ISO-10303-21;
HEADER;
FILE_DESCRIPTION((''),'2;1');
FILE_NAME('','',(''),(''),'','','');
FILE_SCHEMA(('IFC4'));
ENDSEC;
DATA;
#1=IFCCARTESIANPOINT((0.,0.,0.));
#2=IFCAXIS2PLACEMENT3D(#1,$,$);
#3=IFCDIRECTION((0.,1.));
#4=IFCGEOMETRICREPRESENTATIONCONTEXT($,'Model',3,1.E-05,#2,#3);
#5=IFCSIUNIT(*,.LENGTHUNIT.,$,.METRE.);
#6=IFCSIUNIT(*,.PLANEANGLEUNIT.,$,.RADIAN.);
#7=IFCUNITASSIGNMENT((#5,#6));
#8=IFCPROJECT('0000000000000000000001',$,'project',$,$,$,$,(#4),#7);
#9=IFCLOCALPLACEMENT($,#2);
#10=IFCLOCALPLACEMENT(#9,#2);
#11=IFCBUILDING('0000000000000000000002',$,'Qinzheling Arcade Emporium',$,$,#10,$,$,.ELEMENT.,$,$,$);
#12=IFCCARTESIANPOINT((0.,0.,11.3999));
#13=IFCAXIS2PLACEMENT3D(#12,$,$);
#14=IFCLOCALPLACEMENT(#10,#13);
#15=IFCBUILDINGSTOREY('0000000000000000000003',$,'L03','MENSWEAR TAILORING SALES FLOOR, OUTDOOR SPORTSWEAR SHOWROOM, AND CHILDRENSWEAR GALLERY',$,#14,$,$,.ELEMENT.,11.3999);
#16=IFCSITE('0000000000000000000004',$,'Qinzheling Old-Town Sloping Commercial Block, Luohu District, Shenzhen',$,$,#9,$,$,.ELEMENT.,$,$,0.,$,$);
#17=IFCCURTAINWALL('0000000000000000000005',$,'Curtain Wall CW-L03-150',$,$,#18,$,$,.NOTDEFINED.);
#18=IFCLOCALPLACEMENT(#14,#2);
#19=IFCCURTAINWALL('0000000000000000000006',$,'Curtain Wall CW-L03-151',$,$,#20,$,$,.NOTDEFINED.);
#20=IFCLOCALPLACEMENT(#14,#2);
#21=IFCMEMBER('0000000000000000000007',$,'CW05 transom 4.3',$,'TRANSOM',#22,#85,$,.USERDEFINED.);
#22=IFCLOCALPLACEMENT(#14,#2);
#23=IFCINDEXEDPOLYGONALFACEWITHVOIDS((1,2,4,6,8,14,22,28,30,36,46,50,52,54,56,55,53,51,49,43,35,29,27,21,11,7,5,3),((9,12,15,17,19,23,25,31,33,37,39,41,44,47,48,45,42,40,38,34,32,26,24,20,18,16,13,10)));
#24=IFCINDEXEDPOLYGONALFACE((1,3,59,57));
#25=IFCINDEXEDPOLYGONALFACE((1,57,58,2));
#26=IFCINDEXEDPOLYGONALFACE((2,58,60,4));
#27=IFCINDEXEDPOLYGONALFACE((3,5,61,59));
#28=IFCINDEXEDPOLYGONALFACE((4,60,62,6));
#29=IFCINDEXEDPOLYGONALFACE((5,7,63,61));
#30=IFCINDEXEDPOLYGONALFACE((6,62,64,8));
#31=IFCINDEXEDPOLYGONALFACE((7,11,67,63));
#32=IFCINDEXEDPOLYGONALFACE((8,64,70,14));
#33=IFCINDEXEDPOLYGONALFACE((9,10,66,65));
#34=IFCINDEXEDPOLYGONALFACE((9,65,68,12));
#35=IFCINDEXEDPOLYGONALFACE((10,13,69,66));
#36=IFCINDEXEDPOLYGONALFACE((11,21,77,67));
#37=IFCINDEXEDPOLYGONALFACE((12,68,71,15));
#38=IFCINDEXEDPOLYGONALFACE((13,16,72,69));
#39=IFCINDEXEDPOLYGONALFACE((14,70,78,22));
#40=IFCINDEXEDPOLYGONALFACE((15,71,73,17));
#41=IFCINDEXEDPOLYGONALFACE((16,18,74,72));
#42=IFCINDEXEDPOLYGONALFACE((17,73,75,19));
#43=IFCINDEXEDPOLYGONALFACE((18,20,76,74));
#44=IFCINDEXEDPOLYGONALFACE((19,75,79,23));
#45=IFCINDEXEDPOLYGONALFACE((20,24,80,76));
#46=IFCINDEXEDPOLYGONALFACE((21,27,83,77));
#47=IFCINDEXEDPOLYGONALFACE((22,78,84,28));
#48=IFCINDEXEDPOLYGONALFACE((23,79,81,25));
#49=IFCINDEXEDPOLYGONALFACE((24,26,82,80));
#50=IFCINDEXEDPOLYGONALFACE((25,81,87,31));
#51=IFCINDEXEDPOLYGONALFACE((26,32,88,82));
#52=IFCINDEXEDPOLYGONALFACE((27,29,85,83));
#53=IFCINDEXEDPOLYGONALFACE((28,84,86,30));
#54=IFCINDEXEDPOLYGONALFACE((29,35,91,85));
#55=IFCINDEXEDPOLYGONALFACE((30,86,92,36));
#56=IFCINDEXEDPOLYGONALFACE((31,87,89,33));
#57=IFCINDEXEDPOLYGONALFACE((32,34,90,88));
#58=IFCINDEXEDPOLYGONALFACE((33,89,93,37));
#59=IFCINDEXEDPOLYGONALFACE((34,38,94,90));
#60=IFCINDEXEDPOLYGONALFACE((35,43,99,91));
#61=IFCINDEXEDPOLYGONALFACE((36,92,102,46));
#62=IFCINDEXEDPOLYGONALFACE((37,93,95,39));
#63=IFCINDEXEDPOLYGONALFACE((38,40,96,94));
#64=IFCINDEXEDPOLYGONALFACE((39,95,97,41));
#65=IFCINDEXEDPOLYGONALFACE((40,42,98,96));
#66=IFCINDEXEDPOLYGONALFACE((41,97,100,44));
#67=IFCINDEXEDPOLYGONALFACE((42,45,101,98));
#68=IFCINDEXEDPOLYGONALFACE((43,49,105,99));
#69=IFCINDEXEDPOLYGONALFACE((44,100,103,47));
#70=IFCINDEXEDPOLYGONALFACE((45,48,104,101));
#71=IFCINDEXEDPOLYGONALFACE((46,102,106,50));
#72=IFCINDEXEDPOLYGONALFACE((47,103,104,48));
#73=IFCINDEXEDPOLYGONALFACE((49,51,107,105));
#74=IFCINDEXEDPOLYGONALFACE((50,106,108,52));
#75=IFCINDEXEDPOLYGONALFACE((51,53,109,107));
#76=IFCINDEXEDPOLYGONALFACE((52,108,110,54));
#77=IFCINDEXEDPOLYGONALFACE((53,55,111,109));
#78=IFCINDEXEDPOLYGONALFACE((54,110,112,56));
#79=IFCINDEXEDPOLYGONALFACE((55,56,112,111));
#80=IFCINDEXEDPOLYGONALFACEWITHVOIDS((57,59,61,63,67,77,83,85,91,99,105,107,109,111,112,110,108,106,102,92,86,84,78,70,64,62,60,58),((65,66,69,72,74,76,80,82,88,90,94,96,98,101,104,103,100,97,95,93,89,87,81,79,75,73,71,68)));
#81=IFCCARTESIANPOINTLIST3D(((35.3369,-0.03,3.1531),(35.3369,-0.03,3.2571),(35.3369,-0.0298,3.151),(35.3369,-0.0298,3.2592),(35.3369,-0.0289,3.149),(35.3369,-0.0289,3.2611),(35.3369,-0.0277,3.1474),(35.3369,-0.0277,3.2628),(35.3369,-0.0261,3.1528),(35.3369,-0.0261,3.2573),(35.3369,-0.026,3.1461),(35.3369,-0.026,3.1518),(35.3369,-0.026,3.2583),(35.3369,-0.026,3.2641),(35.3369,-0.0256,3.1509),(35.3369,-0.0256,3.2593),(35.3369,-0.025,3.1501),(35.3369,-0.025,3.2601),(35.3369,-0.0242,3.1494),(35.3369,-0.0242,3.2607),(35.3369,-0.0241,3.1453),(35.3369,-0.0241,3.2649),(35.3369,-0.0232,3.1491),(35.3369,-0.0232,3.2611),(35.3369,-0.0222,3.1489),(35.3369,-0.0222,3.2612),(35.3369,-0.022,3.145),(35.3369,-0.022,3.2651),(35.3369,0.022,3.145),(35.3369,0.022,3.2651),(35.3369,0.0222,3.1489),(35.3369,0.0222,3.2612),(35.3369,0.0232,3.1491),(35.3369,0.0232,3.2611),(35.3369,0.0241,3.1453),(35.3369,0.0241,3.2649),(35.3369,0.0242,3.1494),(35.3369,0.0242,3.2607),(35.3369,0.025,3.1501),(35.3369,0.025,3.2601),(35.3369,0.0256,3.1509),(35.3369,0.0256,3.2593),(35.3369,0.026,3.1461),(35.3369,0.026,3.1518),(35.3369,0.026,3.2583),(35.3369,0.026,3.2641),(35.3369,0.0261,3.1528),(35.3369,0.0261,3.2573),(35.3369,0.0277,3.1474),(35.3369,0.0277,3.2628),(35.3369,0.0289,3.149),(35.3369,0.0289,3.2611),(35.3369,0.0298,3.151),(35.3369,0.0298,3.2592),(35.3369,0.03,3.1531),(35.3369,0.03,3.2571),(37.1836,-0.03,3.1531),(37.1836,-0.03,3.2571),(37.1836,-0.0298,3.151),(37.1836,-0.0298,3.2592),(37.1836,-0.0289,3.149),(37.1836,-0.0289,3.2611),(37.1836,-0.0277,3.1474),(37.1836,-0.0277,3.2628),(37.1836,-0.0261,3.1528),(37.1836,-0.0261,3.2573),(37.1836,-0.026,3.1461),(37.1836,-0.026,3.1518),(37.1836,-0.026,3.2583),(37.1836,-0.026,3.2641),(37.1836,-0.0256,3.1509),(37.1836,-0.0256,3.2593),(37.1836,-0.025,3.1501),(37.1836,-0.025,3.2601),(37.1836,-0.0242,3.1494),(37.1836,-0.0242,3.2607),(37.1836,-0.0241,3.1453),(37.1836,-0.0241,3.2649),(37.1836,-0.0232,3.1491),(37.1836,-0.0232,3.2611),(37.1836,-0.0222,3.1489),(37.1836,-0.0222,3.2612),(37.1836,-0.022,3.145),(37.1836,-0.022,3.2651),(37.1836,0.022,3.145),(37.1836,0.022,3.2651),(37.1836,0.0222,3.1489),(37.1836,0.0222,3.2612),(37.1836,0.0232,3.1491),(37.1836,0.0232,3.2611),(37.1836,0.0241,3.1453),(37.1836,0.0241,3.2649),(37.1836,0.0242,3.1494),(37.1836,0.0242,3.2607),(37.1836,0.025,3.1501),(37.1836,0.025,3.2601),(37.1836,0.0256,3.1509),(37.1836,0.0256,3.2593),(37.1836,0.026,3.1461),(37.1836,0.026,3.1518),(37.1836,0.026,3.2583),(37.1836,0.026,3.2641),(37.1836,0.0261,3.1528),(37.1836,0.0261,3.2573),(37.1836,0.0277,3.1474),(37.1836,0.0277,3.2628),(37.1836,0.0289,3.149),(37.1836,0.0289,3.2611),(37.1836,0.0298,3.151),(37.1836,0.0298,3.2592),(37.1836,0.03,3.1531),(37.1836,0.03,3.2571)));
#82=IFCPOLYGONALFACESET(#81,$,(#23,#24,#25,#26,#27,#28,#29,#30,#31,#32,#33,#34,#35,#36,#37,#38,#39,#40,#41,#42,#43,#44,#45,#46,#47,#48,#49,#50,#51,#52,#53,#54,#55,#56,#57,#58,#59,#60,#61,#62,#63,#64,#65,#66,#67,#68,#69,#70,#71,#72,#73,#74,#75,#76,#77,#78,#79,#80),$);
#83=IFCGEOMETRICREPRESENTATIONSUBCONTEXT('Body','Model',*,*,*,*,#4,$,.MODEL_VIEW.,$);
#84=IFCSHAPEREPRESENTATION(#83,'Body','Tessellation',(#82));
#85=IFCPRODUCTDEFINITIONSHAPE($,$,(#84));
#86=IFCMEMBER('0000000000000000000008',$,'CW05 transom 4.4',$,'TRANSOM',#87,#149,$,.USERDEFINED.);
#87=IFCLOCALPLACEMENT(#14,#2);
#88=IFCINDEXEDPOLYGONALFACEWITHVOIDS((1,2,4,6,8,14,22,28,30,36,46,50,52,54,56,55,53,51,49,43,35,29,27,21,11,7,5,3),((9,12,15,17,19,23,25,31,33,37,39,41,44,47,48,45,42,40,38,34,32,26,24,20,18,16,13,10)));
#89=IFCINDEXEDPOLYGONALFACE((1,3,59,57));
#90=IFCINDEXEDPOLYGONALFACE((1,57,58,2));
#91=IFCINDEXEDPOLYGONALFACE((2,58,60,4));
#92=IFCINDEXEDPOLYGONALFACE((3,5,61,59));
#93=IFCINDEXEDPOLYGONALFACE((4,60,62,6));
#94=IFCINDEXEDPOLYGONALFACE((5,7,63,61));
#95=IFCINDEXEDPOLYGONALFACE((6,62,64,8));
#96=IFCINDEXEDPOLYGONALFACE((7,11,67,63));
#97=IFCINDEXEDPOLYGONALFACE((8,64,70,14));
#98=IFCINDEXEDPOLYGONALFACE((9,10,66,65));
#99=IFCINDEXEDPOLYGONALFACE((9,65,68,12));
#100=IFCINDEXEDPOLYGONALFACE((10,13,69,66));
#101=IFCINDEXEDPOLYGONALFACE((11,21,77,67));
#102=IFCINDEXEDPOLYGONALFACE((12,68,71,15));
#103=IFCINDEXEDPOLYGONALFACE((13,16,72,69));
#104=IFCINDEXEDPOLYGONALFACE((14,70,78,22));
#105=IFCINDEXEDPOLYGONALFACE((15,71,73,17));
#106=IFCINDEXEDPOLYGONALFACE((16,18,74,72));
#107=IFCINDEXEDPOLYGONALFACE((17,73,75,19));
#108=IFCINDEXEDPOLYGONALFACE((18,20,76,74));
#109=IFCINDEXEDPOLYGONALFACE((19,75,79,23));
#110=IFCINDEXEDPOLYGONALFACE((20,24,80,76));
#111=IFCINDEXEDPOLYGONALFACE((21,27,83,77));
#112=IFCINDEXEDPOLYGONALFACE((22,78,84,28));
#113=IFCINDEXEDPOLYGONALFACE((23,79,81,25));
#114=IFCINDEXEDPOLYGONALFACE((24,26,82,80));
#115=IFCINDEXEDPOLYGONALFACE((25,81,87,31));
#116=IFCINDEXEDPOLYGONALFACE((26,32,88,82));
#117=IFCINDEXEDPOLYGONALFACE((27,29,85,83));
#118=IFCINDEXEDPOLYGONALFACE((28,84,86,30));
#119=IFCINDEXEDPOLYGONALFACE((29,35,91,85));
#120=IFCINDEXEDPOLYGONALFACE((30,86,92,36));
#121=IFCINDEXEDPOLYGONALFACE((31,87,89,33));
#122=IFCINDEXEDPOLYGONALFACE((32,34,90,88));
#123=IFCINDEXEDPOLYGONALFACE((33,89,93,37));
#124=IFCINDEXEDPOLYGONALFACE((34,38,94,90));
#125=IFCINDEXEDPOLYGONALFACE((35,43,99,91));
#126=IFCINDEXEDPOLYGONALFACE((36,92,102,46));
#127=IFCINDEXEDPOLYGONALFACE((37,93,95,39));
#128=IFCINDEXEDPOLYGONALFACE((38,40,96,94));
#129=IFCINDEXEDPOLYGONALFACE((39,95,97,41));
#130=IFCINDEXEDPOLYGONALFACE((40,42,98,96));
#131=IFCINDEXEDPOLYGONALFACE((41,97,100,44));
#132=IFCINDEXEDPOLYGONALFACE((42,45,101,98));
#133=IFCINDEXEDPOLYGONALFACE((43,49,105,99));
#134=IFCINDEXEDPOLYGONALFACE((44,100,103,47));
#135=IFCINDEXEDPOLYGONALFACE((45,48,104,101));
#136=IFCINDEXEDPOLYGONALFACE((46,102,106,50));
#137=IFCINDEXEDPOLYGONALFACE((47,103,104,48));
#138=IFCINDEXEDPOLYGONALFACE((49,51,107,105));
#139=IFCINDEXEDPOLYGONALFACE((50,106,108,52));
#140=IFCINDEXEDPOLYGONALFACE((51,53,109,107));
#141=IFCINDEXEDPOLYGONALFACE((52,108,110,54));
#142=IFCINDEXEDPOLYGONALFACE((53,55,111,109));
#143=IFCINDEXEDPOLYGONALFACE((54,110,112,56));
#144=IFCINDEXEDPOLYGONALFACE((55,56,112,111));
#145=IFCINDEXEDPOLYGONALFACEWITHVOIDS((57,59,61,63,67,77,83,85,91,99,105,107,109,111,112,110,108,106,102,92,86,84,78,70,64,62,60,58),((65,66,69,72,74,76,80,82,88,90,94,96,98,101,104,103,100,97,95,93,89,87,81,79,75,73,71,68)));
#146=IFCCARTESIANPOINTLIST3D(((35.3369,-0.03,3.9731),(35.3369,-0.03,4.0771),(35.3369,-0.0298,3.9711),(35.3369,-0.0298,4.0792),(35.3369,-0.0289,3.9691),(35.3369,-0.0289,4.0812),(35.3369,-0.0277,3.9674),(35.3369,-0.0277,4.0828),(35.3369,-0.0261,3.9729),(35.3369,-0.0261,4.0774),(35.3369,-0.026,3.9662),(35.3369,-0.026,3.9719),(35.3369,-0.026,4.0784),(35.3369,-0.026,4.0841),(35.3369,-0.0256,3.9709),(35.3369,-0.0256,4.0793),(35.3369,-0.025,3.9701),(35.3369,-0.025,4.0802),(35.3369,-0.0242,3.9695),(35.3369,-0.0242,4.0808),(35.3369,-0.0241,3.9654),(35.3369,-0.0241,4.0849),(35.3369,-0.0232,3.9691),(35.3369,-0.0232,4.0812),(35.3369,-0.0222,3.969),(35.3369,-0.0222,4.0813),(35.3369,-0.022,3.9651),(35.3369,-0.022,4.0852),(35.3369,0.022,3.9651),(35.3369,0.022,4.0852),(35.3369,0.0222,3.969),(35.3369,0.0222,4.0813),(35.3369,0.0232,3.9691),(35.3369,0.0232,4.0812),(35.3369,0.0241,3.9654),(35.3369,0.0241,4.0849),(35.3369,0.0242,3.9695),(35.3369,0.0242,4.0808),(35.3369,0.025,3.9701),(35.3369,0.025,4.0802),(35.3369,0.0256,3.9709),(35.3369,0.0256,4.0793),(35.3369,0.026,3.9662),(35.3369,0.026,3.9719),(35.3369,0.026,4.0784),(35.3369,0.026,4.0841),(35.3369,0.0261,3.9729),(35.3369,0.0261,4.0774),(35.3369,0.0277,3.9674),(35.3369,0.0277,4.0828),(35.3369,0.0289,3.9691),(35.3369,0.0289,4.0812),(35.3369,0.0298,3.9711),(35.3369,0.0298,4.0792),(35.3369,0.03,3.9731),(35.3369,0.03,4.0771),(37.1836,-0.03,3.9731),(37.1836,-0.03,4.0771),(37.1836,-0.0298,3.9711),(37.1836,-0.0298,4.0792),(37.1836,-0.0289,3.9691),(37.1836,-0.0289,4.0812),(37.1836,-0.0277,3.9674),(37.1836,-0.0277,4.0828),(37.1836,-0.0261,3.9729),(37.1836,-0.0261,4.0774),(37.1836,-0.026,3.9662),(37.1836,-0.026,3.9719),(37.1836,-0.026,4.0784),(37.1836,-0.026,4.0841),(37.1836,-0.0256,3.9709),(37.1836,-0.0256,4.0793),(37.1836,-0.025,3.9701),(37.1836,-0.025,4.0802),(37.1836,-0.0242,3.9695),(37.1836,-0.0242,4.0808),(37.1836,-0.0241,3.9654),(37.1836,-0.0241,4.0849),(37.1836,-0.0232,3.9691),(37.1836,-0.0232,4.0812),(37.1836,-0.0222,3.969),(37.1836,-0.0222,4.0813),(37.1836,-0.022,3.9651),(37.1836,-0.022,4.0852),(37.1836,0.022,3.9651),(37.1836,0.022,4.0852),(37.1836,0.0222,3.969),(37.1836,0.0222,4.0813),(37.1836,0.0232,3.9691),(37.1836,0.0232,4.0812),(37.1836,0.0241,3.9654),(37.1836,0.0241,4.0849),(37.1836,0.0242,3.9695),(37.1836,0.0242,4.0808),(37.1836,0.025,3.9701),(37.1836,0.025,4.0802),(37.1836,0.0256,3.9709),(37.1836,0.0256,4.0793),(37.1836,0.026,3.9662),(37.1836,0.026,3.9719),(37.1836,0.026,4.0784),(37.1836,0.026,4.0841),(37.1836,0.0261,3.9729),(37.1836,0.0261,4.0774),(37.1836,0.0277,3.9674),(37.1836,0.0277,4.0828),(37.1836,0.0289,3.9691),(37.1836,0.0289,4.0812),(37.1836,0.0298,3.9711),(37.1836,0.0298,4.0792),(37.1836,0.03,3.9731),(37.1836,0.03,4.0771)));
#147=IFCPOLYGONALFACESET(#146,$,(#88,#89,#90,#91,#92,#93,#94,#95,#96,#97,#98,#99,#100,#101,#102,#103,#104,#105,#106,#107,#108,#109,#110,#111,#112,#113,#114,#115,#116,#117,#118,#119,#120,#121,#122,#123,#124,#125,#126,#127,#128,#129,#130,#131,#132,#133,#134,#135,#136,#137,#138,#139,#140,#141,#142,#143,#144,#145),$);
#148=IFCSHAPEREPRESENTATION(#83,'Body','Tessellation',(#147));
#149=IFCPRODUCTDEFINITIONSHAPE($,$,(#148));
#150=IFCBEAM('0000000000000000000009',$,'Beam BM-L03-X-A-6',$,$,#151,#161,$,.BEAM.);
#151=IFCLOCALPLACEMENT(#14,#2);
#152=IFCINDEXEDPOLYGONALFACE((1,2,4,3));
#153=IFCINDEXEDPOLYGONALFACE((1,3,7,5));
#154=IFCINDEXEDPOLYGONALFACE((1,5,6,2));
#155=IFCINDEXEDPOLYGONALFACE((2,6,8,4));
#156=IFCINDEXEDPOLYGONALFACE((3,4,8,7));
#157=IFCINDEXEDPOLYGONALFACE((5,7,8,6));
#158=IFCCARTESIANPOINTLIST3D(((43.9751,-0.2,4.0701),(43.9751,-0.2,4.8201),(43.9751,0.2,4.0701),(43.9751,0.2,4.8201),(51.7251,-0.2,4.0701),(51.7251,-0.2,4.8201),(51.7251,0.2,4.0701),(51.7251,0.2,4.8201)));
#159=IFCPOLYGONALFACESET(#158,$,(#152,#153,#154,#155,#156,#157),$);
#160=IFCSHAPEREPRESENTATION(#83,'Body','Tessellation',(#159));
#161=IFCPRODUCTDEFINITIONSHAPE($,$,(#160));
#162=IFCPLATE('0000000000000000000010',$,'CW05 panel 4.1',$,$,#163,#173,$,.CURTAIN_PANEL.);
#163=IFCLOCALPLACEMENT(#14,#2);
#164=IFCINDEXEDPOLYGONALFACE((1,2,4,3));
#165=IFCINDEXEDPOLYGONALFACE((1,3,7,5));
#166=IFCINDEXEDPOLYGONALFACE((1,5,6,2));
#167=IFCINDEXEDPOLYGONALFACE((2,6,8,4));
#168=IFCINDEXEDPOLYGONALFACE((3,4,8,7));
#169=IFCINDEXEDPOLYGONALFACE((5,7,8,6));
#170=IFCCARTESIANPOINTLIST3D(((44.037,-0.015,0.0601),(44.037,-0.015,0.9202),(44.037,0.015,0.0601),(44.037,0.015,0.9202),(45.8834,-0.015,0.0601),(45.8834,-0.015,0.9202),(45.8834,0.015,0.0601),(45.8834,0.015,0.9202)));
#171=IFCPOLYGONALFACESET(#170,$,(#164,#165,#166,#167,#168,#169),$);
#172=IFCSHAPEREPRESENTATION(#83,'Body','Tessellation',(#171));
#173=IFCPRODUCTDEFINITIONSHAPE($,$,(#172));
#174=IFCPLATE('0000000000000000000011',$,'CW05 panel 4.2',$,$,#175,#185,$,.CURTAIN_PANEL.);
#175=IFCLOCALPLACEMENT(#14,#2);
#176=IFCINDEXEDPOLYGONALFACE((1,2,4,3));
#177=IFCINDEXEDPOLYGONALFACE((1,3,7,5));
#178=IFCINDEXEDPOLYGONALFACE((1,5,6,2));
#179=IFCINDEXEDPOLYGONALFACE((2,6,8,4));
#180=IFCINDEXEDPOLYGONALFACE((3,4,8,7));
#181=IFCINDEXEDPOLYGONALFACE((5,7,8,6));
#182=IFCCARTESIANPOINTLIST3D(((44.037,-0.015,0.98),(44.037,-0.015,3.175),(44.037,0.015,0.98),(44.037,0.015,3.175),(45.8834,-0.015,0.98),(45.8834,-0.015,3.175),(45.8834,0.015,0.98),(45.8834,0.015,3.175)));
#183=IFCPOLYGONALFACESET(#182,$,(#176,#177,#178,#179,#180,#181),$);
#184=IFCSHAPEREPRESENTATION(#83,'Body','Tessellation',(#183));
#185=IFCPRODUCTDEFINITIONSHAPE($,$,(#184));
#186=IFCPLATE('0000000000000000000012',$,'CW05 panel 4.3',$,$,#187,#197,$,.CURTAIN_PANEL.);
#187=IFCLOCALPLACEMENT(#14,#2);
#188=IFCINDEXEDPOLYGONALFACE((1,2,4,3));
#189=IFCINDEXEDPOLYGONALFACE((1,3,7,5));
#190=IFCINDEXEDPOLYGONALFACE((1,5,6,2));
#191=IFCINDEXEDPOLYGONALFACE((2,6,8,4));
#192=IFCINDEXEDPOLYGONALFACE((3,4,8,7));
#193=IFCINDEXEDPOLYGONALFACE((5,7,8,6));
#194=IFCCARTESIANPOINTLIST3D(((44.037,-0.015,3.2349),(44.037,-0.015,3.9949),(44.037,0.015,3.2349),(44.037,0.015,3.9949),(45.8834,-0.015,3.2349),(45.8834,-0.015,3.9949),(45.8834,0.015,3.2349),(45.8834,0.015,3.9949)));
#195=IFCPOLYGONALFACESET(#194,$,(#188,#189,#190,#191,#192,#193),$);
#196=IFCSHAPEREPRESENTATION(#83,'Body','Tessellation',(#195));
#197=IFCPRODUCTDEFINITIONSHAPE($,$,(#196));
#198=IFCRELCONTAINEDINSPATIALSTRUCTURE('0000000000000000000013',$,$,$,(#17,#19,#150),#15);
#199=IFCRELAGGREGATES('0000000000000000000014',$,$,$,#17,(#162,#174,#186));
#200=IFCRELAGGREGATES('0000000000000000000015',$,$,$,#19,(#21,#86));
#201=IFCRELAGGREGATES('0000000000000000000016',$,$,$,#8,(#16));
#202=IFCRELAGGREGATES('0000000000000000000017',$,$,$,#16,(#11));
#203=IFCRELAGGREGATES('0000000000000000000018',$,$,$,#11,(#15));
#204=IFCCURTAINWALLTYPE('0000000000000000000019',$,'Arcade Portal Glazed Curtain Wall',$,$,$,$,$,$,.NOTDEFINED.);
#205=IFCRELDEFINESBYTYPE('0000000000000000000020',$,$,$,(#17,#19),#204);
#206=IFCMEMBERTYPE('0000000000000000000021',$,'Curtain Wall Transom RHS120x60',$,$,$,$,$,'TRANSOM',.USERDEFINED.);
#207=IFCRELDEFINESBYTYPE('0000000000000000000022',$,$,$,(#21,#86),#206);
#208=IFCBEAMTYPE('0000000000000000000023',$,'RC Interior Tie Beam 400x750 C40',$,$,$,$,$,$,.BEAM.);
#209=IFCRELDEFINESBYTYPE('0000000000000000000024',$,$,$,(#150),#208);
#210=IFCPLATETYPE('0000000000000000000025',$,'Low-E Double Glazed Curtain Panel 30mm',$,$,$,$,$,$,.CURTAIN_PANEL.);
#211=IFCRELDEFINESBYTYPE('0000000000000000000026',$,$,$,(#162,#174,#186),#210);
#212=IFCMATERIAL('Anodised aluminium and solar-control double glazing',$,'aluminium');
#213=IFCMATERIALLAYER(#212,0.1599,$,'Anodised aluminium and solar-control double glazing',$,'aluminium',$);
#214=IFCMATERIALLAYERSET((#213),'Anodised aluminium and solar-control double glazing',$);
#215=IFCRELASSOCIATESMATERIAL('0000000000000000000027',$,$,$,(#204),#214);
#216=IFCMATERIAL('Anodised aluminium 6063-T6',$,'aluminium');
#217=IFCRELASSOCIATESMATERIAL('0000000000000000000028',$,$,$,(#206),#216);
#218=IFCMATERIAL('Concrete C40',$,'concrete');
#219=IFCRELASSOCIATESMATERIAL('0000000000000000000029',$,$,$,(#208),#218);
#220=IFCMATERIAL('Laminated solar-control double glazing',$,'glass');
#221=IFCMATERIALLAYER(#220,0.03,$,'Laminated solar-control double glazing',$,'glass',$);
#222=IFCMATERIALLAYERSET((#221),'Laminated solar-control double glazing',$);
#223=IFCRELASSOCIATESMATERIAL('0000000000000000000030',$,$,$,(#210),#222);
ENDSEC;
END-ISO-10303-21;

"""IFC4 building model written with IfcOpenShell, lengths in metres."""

from ifc_helpers import new_model, si_unit, direction, frame, origin, origin_2d, place, context, subcontext, project, spatial, rectangle, hollow_rectangle, extrude, material, layer, layer_set, material_profile, profile_set, type_object, element, aggregate, save


model = new_model("IFC4")

# Units and contexts
model_context = context("Model", 3, precision=1e-05, world=origin(), true_north=direction((0.0, 1.0)))
body_context = subcontext(model_context, "Body", "Model", "MODEL_VIEW")
ifc_project = project(units=[si_unit("LENGTHUNIT", "METRE"), si_unit("PLANEANGLEUNIT", "RADIAN")], contexts=[model_context])

# Site, building, storey
site_placement = place(None, origin())
site = spatial("IfcSite", under=ifc_project, at=site_placement, Name="Qinzheling Old-Town Sloping Commercial Block, Luohu District, Shenzhen", CompositionType="ELEMENT", RefElevation=0.0)
building_placement = place(site_placement, origin())
building = spatial("IfcBuilding", under=site, at=building_placement, Name="Qinzheling Arcade Emporium", CompositionType="ELEMENT")
storey_placement = place(building_placement, frame((0.0, 0.0, 11.3999)))
storey = spatial("IfcBuildingStorey", under=building, at=storey_placement, Name="L03", Description="MENSWEAR TAILORING SALES FLOOR, OUTDOOR SPORTSWEAR SHOWROOM, AND CHILDRENSWEAR GALLERY", CompositionType="ELEMENT", Elevation=11.3999)

# Curtain wall
ifc_material_1 = material(Name="Anodised aluminium and solar-control double glazing", Category="aluminium")
ifc_layer_1 = layer(ifc_material_1, 0.1599, Name="Anodised aluminium and solar-control double glazing", Category="aluminium")
ifc_layer_set_1 = layer_set([ifc_layer_1], Name="Anodised aluminium and solar-control double glazing")
curtain_wall_type = type_object("IfcCurtainWallType", Name="Arcade Portal Glazed Curtain Wall", PredefinedType="NOTDEFINED", material=ifc_layer_set_1)
curtain_wall_1_placement = place(storey_placement, origin())
curtain_wall_1 = element("IfcCurtainWall", 1, at=curtain_wall_1_placement, inside=storey, type_object=curtain_wall_type, Name="Curtain Wall CW-L03-150", PredefinedType="NOTDEFINED")
ifc_material_2 = material(Name="Anodised aluminium 6063-T6", Category="aluminium")

# Curtain wall
curtain_wall_2_placement = place(storey_placement, origin())
curtain_wall_2 = element("IfcCurtainWall", 2, at=curtain_wall_2_placement, inside=storey, type_object=curtain_wall_type, Name="Curtain Wall CW-L03-151", PredefinedType="NOTDEFINED")

# Members
ifc_material_profile_1 = material_profile(ifc_material_2, hollow_rectangle(XDim=0.0601, YDim=0.1201, WallThickness=0.0039, InnerFilletRadius=0.0039, OuterFilletRadius=0.0081, at=origin_2d()), Name="RHS 120x60x4", Category="aluminium")
ifc_profile_set_1 = profile_set([ifc_material_profile_1], Name="Anodised aluminium 6063-T6")
member_type_1 = type_object("IfcMemberType", Name="Curtain Wall Transom RHS120x60", ElementType="TRANSOM", PredefinedType="USERDEFINED", material=ifc_profile_set_1)
member_1_placement = place(storey_placement, frame((37.1836, 0.0, 3.2051), z_axis=(-1.0, 0.0, 0.0), x_axis=(0.0, -1.0, 0.0)))
member_1 = element("IfcMember", 3, at=member_1_placement, type_object=member_type_1, Name="CW05 transom 4.3", ObjectType="TRANSOM", PredefinedType="USERDEFINED", context=body_context, shape_type="SweptSolid", body=[
    extrude(hollow_rectangle(XDim=0.0601, YDim=0.1201, WallThickness=0.0039, InnerFilletRadius=0.0039, OuterFilletRadius=0.0081, at=origin_2d()), origin(), (0.0, 0.0, 1.0), 1.8467),
])
member_2_placement = place(storey_placement, frame((37.1836, 0.0, 4.0251), z_axis=(-1.0, 0.0, 0.0), x_axis=(0.0, -1.0, 0.0)))
member_2 = element("IfcMember", 4, at=member_2_placement, type_object=member_type_1, Name="CW05 transom 4.4", ObjectType="TRANSOM", PredefinedType="USERDEFINED", context=body_context, shape_type="SweptSolid", body=[
    extrude(hollow_rectangle(XDim=0.0601, YDim=0.1201, WallThickness=0.0039, InnerFilletRadius=0.0039, OuterFilletRadius=0.0081, at=origin_2d()), origin(), (0.0, 0.0, 1.0), 1.8467),
])

# Beam
ifc_material_3 = material(Name="Concrete C40", Category="concrete")
ifc_material_profile_2 = material_profile(ifc_material_3, rectangle(XDim=0.3999, YDim=0.75, at=origin_2d()), Name="RC 400x750", Category="concrete")
ifc_profile_set_2 = profile_set([ifc_material_profile_2], Name="Concrete C40")
beam_type = type_object("IfcBeamType", Name="RC Interior Tie Beam 400x750 C40", PredefinedType="BEAM", material=ifc_profile_set_2)
beam_placement = place(storey_placement, frame((43.9751, 0.0, 4.4451), z_axis=(1.0, 0.0, 0.0), x_axis=(0.0, 1.0, 0.0)))
element("IfcBeam", 5, at=beam_placement, inside=storey, type_object=beam_type, Name="Beam BM-L03-X-A-6", PredefinedType="BEAM", context=body_context, shape_type="SweptSolid", body=[
    extrude(rectangle(XDim=0.3999, YDim=0.75, at=origin_2d()), origin(), (0.0, 0.0, 1.0), 7.75),
])

# Plates
ifc_material_4 = material(Name="Laminated solar-control double glazing", Category="glass")
ifc_layer_2 = layer(ifc_material_4, 0.03, Name="Laminated solar-control double glazing", Category="glass")
ifc_layer_set_2 = layer_set([ifc_layer_2], Name="Laminated solar-control double glazing")
plate_type_1 = type_object("IfcPlateType", Name="Low-E Double Glazed Curtain Panel 30mm", PredefinedType="CURTAIN_PANEL", material=ifc_layer_set_2)
plate_1_placement = place(storey_placement, frame((44.9602, 0.0, 0.0601), z_axis=(0.0, 0.0, 1.0), x_axis=(-1.0, 0.0, 0.0)))
plate_1 = element("IfcPlate", 6, at=plate_1_placement, type_object=plate_type_1, Name="CW05 panel 4.1", PredefinedType="CURTAIN_PANEL", context=body_context, shape_type="SweptSolid", body=[
    extrude(rectangle(XDim=1.8464, YDim=0.03, at=origin_2d()), origin(), (0.0, 0.0, 1.0), 0.8601),
])
plate_2_placement = place(storey_placement, frame((44.9602, 0.0, 0.98), z_axis=(0.0, 0.0, 1.0), x_axis=(-1.0, 0.0, 0.0)))
plate_2 = element("IfcPlate", 7, at=plate_2_placement, type_object=plate_type_1, Name="CW05 panel 4.2", PredefinedType="CURTAIN_PANEL", context=body_context, shape_type="SweptSolid", body=[
    extrude(rectangle(XDim=1.8464, YDim=0.03, at=origin_2d()), origin(), (0.0, 0.0, 1.0), 2.1951),
])
plate_3_placement = place(storey_placement, frame((44.9602, 0.0, 3.2349), z_axis=(0.0, 0.0, 1.0), x_axis=(-1.0, 0.0, 0.0)))
plate_3 = element("IfcPlate", 8, at=plate_3_placement, type_object=plate_type_1, Name="CW05 panel 4.3", PredefinedType="CURTAIN_PANEL", context=body_context, shape_type="SweptSolid", body=[
    extrude(rectangle(XDim=1.8464, YDim=0.03, at=origin_2d()), origin(), (0.0, 0.0, 1.0), 0.76),
])
aggregate(curtain_wall_1, [plate_1, plate_2, plate_3])
aggregate(curtain_wall_2, [member_1, member_2])

save(model, "model.ifc")
